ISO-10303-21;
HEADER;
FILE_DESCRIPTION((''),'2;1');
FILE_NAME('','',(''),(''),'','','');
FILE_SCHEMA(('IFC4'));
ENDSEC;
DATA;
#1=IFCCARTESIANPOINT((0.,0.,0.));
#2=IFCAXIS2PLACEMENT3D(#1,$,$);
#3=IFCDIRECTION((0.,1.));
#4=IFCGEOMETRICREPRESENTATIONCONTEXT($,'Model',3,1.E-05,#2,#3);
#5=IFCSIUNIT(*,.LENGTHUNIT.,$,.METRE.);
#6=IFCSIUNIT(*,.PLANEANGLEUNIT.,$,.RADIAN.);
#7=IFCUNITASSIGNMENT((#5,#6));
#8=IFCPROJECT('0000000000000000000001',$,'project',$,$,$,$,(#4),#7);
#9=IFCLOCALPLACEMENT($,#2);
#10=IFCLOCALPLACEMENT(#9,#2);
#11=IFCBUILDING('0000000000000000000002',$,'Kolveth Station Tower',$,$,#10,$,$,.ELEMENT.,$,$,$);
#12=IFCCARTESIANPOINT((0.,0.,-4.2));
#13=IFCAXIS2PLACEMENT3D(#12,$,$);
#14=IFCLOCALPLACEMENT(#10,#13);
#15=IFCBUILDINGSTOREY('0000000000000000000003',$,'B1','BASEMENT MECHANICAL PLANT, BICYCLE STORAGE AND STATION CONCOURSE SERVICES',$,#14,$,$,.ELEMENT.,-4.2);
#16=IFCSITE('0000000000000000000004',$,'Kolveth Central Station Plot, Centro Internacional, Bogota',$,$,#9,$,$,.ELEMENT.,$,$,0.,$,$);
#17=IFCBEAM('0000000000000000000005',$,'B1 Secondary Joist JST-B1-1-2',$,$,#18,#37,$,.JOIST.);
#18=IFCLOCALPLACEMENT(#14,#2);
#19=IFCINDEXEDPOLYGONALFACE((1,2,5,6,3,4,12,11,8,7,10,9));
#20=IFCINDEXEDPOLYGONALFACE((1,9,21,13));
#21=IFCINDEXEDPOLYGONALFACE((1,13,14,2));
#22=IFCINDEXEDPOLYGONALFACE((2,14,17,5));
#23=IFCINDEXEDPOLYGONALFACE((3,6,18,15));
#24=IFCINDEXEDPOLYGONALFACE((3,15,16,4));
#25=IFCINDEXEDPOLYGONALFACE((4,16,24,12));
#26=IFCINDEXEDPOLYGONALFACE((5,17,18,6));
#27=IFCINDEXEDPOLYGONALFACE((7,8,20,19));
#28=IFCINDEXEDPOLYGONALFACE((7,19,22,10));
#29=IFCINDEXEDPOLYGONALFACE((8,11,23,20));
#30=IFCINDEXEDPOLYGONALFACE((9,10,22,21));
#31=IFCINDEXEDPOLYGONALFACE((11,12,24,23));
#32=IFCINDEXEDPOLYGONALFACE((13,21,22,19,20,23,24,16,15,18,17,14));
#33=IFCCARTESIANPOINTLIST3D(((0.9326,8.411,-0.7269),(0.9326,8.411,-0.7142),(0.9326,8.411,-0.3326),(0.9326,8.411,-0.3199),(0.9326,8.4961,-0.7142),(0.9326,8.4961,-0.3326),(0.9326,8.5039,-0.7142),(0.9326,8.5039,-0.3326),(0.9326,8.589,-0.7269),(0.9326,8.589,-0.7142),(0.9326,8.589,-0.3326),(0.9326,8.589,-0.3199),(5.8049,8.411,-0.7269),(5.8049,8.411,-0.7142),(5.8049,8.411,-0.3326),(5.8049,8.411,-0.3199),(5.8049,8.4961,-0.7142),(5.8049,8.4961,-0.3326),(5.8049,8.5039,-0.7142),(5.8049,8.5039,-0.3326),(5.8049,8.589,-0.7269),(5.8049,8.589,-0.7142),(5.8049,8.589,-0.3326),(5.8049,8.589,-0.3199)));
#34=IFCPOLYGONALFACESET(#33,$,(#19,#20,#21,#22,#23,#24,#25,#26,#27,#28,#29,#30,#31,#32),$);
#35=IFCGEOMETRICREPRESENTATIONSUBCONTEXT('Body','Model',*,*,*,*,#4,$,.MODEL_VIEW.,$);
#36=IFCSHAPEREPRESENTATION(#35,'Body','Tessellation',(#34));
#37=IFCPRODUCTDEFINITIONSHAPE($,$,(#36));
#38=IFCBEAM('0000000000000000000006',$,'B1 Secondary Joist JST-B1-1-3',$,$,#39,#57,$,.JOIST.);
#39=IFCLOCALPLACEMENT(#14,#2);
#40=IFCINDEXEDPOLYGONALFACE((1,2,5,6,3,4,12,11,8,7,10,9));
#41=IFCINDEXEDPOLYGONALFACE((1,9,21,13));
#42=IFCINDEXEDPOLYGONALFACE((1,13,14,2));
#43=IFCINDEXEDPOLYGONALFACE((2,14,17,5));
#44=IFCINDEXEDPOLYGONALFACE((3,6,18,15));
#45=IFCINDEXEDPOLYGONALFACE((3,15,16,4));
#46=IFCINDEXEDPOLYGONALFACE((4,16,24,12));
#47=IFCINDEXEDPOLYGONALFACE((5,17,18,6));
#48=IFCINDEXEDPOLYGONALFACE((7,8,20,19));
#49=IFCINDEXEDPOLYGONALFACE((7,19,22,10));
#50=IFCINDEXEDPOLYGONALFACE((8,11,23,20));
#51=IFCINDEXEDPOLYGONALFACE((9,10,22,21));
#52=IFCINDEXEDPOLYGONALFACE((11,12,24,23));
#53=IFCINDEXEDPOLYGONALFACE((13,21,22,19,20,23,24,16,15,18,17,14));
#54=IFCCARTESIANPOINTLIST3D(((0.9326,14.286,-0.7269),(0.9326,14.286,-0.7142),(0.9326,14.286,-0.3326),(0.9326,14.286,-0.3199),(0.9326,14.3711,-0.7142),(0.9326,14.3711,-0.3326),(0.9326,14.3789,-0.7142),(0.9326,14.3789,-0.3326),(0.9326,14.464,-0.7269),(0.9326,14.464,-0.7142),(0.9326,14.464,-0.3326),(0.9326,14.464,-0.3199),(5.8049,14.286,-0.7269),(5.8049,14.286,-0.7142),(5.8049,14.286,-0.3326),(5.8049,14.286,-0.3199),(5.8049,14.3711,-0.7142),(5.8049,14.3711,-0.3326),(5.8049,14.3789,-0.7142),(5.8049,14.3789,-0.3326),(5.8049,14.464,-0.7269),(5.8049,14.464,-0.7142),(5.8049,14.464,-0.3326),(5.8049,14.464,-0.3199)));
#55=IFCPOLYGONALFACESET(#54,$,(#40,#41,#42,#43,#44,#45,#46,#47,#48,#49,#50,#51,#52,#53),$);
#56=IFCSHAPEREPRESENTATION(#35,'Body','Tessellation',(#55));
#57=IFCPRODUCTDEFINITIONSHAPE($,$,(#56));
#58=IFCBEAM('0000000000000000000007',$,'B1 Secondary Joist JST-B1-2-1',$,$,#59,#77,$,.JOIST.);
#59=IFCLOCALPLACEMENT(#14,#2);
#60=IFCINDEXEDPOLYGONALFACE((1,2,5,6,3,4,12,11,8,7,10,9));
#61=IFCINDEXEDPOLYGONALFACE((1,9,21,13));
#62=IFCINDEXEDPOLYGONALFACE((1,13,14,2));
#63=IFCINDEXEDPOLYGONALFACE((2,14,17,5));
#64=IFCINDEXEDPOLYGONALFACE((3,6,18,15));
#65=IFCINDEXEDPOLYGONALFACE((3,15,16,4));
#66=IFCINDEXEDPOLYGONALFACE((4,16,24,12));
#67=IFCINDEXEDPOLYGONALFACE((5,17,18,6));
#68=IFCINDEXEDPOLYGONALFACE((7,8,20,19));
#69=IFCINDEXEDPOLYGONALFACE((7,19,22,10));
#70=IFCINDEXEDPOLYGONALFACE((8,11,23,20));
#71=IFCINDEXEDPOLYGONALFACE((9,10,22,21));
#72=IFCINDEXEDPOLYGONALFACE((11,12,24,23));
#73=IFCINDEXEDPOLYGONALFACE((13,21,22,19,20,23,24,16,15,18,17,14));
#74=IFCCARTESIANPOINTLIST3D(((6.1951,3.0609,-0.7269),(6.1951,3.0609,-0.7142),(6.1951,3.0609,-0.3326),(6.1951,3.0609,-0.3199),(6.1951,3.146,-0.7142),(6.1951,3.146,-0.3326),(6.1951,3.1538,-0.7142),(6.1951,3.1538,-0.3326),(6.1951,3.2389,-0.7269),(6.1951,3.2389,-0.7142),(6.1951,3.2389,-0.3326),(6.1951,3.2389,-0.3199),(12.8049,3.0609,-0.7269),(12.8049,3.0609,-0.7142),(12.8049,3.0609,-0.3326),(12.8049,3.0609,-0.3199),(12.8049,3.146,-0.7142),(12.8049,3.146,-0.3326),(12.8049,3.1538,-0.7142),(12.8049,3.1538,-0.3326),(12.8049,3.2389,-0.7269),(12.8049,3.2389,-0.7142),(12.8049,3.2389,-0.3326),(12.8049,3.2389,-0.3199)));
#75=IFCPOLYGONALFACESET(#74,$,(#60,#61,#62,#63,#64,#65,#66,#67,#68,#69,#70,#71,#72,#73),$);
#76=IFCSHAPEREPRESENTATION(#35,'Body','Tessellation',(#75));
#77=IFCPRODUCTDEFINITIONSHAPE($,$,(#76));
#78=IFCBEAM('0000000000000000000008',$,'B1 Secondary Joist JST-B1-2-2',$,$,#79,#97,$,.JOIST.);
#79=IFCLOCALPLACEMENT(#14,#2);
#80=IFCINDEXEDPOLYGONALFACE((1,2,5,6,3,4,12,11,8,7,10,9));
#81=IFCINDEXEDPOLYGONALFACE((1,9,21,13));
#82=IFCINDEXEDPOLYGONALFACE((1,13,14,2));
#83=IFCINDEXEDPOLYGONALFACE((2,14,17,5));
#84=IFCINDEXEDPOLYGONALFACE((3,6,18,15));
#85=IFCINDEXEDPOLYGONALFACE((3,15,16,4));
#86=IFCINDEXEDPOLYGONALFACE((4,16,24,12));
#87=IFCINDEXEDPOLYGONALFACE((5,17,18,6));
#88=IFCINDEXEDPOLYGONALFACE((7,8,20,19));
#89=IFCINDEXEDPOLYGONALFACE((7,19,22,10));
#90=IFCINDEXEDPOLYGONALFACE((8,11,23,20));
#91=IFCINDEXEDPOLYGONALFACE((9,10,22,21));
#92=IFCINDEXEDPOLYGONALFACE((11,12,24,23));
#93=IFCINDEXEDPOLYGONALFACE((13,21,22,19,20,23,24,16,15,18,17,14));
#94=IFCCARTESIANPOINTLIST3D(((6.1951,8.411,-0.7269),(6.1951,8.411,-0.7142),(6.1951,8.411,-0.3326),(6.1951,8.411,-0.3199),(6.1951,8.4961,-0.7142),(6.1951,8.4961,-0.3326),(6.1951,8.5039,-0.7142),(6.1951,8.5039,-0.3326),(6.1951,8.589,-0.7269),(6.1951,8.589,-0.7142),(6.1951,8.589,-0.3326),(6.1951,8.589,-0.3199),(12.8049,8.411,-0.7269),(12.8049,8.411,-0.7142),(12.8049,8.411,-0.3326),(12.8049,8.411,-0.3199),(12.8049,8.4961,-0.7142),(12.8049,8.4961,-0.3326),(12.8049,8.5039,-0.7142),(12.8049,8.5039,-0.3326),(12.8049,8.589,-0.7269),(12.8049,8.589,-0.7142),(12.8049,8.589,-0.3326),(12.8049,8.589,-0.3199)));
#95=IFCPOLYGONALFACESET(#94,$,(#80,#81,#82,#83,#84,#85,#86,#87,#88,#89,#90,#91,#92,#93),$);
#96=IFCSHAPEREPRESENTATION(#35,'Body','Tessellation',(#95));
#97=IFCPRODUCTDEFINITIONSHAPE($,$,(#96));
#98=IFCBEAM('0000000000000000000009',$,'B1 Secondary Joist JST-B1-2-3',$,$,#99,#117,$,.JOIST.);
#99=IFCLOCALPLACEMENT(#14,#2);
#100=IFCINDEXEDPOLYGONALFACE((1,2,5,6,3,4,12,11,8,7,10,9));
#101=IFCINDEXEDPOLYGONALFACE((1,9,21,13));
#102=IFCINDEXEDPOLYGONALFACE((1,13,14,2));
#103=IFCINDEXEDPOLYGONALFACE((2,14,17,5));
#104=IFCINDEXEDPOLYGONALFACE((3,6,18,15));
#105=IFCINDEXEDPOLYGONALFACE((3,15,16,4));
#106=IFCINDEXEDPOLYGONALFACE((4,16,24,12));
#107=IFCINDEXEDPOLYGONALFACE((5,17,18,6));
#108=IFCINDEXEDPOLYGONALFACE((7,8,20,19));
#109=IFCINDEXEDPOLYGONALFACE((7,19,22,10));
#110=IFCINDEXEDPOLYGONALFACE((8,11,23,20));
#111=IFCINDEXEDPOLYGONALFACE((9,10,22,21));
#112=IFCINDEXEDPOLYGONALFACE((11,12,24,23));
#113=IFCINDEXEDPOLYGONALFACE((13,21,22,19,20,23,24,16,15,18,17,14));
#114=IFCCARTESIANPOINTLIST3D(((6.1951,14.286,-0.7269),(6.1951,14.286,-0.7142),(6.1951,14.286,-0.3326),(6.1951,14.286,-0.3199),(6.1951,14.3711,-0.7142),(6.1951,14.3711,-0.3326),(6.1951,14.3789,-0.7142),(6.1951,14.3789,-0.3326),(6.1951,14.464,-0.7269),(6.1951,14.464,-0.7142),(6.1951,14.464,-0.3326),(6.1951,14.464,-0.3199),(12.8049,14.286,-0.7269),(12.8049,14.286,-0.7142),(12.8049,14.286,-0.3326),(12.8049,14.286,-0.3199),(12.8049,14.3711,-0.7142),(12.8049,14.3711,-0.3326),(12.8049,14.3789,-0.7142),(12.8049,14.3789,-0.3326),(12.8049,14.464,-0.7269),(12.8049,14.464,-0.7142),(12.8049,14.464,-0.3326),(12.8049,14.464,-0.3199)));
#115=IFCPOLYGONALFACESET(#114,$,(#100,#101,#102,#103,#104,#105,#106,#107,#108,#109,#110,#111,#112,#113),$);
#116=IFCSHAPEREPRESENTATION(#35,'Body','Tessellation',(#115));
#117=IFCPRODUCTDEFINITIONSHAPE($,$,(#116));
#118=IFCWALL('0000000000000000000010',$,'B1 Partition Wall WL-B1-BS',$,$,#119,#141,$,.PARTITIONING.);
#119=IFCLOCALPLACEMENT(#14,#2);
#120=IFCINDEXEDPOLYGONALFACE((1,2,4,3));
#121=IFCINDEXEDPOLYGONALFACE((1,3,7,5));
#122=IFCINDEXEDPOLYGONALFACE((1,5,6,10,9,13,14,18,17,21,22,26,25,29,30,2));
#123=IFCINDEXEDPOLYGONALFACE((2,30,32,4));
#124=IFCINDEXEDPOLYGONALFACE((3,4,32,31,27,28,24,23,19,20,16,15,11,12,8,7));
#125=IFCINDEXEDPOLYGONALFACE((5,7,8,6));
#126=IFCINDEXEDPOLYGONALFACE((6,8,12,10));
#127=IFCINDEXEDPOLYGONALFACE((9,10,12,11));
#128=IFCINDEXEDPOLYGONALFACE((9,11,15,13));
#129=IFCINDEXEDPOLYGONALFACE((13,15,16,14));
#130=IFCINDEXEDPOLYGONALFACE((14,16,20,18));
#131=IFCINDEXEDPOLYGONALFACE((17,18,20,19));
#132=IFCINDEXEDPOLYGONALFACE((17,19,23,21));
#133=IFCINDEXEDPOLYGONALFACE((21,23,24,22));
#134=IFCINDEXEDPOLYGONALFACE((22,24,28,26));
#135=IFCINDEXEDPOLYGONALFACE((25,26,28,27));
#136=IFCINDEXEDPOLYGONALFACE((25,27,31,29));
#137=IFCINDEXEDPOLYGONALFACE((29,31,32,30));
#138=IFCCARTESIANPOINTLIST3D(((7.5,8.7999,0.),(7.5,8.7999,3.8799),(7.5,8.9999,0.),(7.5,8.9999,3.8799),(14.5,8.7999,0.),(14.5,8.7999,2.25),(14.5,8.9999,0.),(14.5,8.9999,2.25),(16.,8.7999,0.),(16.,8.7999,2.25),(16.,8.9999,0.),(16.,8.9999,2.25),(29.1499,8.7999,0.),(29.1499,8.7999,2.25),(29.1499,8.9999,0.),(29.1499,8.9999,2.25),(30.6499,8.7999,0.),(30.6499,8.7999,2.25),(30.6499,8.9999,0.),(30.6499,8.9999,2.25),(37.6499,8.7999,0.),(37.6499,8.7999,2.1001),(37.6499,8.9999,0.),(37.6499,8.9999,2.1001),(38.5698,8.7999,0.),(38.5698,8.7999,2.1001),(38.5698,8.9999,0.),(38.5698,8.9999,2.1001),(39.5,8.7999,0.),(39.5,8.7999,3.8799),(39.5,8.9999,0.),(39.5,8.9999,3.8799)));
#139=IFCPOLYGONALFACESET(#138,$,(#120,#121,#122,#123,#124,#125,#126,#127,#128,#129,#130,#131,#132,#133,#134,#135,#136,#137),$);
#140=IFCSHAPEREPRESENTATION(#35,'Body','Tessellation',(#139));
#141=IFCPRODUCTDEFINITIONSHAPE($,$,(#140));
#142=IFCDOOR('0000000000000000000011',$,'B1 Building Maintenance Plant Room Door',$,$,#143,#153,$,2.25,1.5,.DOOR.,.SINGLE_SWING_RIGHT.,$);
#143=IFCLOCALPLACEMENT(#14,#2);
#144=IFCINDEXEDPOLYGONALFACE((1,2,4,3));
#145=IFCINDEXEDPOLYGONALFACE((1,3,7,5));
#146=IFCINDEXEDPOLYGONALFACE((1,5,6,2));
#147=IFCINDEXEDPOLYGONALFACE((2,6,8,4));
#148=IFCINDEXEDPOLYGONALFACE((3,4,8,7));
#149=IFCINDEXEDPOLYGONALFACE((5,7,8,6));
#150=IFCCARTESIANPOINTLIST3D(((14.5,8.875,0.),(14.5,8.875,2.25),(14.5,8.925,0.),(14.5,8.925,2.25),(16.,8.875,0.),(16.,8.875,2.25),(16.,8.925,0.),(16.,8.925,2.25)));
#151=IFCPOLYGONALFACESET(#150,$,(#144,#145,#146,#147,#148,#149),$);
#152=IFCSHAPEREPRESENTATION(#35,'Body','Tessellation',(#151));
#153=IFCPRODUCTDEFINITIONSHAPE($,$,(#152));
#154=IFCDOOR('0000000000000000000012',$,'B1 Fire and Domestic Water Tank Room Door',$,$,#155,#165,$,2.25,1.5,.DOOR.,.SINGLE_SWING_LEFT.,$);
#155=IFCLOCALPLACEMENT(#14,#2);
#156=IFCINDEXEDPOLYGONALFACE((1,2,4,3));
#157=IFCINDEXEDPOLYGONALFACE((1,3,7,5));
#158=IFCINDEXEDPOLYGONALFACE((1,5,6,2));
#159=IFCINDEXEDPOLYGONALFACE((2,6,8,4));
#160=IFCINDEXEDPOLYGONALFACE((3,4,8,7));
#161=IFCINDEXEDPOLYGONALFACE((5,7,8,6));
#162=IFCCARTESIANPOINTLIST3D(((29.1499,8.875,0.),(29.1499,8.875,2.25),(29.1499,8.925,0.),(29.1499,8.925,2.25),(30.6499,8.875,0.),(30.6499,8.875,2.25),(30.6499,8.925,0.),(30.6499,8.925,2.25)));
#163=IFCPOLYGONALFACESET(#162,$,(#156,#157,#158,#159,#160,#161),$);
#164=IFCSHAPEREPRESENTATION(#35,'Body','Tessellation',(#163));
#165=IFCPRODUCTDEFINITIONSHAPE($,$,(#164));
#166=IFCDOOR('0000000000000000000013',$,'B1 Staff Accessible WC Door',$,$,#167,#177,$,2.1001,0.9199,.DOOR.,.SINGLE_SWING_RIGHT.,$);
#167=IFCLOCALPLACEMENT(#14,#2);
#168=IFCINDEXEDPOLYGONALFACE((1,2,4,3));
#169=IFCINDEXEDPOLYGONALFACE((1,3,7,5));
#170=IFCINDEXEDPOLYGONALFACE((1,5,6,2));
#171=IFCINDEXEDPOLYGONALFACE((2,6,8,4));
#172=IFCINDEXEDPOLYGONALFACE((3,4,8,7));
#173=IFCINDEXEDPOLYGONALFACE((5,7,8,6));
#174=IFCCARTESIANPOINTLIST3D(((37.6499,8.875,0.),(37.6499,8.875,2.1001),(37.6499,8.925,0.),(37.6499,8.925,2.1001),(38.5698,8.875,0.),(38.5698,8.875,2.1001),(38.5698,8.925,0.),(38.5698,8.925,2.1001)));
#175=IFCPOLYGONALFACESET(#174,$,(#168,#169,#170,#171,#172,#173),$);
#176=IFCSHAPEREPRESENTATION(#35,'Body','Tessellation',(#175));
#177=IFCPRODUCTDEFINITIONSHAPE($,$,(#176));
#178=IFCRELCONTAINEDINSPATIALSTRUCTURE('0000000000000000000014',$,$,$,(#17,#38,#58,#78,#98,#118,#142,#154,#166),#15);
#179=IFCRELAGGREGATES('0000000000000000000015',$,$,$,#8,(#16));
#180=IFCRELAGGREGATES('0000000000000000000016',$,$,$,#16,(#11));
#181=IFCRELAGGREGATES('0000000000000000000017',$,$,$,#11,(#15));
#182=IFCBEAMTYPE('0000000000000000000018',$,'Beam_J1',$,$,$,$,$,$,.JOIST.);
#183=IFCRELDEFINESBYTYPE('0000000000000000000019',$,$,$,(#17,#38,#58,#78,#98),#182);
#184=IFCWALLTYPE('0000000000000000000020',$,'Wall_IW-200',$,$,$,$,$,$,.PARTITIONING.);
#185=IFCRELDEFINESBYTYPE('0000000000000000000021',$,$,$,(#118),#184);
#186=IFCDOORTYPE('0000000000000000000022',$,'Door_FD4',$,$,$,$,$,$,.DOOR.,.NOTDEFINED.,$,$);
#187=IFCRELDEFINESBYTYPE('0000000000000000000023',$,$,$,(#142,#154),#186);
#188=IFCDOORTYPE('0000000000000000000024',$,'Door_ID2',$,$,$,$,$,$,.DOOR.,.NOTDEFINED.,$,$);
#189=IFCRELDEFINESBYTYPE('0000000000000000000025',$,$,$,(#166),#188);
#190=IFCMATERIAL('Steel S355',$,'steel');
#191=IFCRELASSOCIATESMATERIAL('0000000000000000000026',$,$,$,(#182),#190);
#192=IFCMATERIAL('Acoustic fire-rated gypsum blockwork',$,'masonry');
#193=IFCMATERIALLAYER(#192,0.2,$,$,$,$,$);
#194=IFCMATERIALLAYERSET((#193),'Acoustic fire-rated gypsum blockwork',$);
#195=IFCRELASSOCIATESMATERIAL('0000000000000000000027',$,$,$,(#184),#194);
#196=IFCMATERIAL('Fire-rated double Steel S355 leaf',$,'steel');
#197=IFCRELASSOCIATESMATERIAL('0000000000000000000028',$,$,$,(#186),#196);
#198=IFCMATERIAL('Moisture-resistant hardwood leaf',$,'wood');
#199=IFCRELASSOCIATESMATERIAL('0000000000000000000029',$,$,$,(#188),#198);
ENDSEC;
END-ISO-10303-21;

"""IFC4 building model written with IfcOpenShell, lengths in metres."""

from ifc_helpers import new_model, si_unit, direction, frame, frame_2d, origin, origin_2d, place, context, subcontext, project, spatial, rectangle, i_section, extrude, source, transform, mapped, material, layer, layer_set, material_profile, profile_set, type_object, element, fill, save


model = new_model("IFC4")

# Units and contexts
model_context = context("Model", 3, precision=1e-05, world=origin(), true_north=direction((0.0, 1.0)))
body_context = subcontext(model_context, "Body", "Model", "MODEL_VIEW")
ifc_project = project(units=[si_unit("LENGTHUNIT", "METRE"), si_unit("PLANEANGLEUNIT", "RADIAN")], contexts=[model_context])

# Site, building, storey
site_placement = place(None, origin())
site = spatial("IfcSite", under=ifc_project, at=site_placement, Name="Kolveth Central Station Plot, Centro Internacional, Bogota", CompositionType="ELEMENT", RefElevation=0.0)
building_placement = place(site_placement, origin())
building = spatial("IfcBuilding", under=site, at=building_placement, Name="Kolveth Station Tower", CompositionType="ELEMENT")
storey_placement = place(building_placement, frame((0.0, 0.0, -4.2)))
storey = spatial("IfcBuildingStorey", under=building, at=storey_placement, Name="B1", Description="BASEMENT MECHANICAL PLANT, BICYCLE STORAGE AND STATION CONCOURSE SERVICES", CompositionType="ELEMENT", Elevation=-4.2)

# Beams
ifc_material_1 = material(Name="Steel S355", Category="steel")
ifc_material_profile_1 = material_profile(ifc_material_1, i_section(OverallWidth=0.178, OverallDepth=0.407, WebThickness=0.0078, FlangeThickness=0.0127, at=origin_2d()), Name="W410x60")
ifc_profile_set_1 = profile_set([ifc_material_profile_1], Name="Steel S355")
beam_type_1 = type_object("IfcBeamType", Name="Beam_J1", PredefinedType="JOIST", material=ifc_profile_set_1)
shared_shape_1 = source(origin(), body_context, "Body", "SweptSolid", [
    extrude(i_section(OverallWidth=0.178, OverallDepth=0.407, WebThickness=0.0078, FlangeThickness=0.0127, at=origin_2d()), origin(), (0.0, 0.0, 1.0), 4.8723),
])
for number, where, z_axis, x_axis, name in (
    (1, (0.9326, 8.5, -0.5234), (1.0, 0.0, 0.0), (0.0, 1.0, 0.0), "B1 Secondary Joist JST-B1-1-2"),
    (2, (0.9326, 14.375, -0.5234), (1.0, 0.0, 0.0), (0.0, 1.0, 0.0), "B1 Secondary Joist JST-B1-1-3"),
):
    element("IfcBeam", number, at=place(storey_placement, frame(where, z_axis=z_axis, x_axis=x_axis)), inside=storey, type_object=beam_type_1, Name=name, PredefinedType="JOIST", context=body_context, shape_type="MappedRepresentation", body=[
        mapped(shared_shape_1, transform((0.0, 0.0, 0.0), x_axis=(1.0, 0.0, 0.0), y_axis=(0.0, 1.0, 0.0), z_axis=(0.0, 0.0, 1.0), scale=1.0)),
    ])
shared_shape_2 = source(origin(), body_context, "Body", "SweptSolid", [
    extrude(i_section(OverallWidth=0.178, OverallDepth=0.407, WebThickness=0.0078, FlangeThickness=0.0127, at=origin_2d()), origin(), (0.0, 0.0, 1.0), 6.6099),
])
for number, where, z_axis, x_axis, name in (
    (3, (6.1951, 3.1499, -0.5234), (1.0, 0.0, 0.0), (0.0, 1.0, 0.0), "B1 Secondary Joist JST-B1-2-1"),
    (4, (6.1951, 8.5, -0.5234), (1.0, 0.0, 0.0), (0.0, 1.0, 0.0), "B1 Secondary Joist JST-B1-2-2"),
    (5, (6.1951, 14.375, -0.5234), (1.0, 0.0, 0.0), (0.0, 1.0, 0.0), "B1 Secondary Joist JST-B1-2-3"),
):
    element("IfcBeam", number, at=place(storey_placement, frame(where, z_axis=z_axis, x_axis=x_axis)), inside=storey, type_object=beam_type_1, Name=name, PredefinedType="JOIST", context=body_context, shape_type="MappedRepresentation", body=[
        mapped(shared_shape_2, transform((0.0, 0.0, 0.0), x_axis=(1.0, 0.0, 0.0), y_axis=(0.0, 1.0, 0.0), z_axis=(0.0, 0.0, 1.0), scale=1.0)),
    ])

# Wall, openings, doors
ifc_material_2 = material(Name="Acoustic fire-rated gypsum blockwork", Category="masonry")
ifc_layer_1 = layer(ifc_material_2, 0.2)
ifc_layer_set_1 = layer_set([ifc_layer_1], Name="Acoustic fire-rated gypsum blockwork")
wall_type_1 = type_object("IfcWallType", Name="Wall_IW-200", PredefinedType="PARTITIONING", material=ifc_layer_set_1)
wall_1_placement = place(storey_placement, frame((7.5, 8.8999, 0.0), z_axis=(0.0, 0.0, 1.0), x_axis=(1.0, 0.0, 0.0)))
wall_1 = element("IfcWall", 6, at=wall_1_placement, inside=storey, type_object=wall_type_1, Name="B1 Partition Wall WL-B1-BS", PredefinedType="PARTITIONING", context=body_context, shape_type="SweptSolid", body=[
    extrude(rectangle(XDim=32.0, YDim=0.2, at=frame_2d((16.0, 0.0))), origin(), (0.0, 0.0, 1.0), 3.8799),
])
opening_1_placement = place(wall_1_placement, frame((7.0, 0.0, 0.0)))
opening_1 = element("IfcOpeningElement", 7, at=opening_1_placement, cuts=wall_1, PredefinedType="OPENING", context=body_context, shape_type="SweptSolid", body=[
    extrude(rectangle(XDim=1.5, YDim=2.25, at=frame_2d((0.75, 1.125))), frame((0.0, 0.1099, 0.0), z_axis=(0.0, -1.0, 0.0), x_axis=(1.0, 0.0, 0.0)), (0.0, 0.0, 1.0), 0.22),
])
opening_2_placement = place(wall_1_placement, frame((21.6499, 0.0, 0.0)))
opening_2 = element("IfcOpeningElement", 8, at=opening_2_placement, cuts=wall_1, PredefinedType="OPENING", context=body_context, shape_type="SweptSolid", body=[
    extrude(rectangle(XDim=1.5, YDim=2.25, at=frame_2d((0.75, 1.125))), frame((0.0, 0.1099, 0.0), z_axis=(0.0, -1.0, 0.0), x_axis=(1.0, 0.0, 0.0)), (0.0, 0.0, 1.0), 0.22),
])
opening_3_placement = place(wall_1_placement, frame((30.1499, 0.0, 0.0)))
opening_3 = element("IfcOpeningElement", 9, at=opening_3_placement, cuts=wall_1, PredefinedType="OPENING", context=body_context, shape_type="SweptSolid", body=[
    extrude(rectangle(XDim=0.9199, YDim=2.1001, at=frame_2d((0.46, 1.05))), frame((0.0, 0.1099, 0.0), z_axis=(0.0, -1.0, 0.0), x_axis=(1.0, 0.0, 0.0)), (0.0, 0.0, 1.0), 0.22),
])
ifc_material_3 = material(Name="Fire-rated double Steel S355 leaf", Category="steel")
door_type_1 = type_object("IfcDoorType", Name="Door_FD4", OperationType="NOTDEFINED", PredefinedType="DOOR", material=ifc_material_3)
door_1_placement = place(opening_1_placement, frame((1.5, 0.0, 0.0), z_axis=(0.0, 0.0, 1.0), x_axis=(-1.0, 0.0, 0.0)))
door_1 = element("IfcDoor", 10, at=door_1_placement, inside=storey, type_object=door_type_1, Name="B1 Building Maintenance Plant Room Door", OperationType="SINGLE_SWING_RIGHT", OverallHeight=2.25, OverallWidth=1.5, PredefinedType="DOOR", context=body_context, shape_type="SweptSolid", body=[
    extrude(rectangle(XDim=1.5, YDim=2.25, at=frame_2d((0.75, 1.125))), frame((0.0, 0.0249, 0.0), z_axis=(0.0, -1.0, 0.0), x_axis=(1.0, 0.0, 0.0)), (0.0, 0.0, 1.0), 0.05),
])
fill(opening_1, door_1)
door_2_placement = place(opening_2_placement, frame((1.5, 0.0, 0.0), z_axis=(0.0, 0.0, 1.0), x_axis=(-1.0, 0.0, 0.0)))
door_2 = element("IfcDoor", 11, at=door_2_placement, inside=storey, type_object=door_type_1, Name="B1 Fire and Domestic Water Tank Room Door", OperationType="SINGLE_SWING_LEFT", OverallHeight=2.25, OverallWidth=1.5, PredefinedType="DOOR", context=body_context, shape_type="SweptSolid", body=[
    extrude(rectangle(XDim=1.5, YDim=2.25, at=frame_2d((0.75, 1.125))), frame((0.0, 0.0249, 0.0), z_axis=(0.0, -1.0, 0.0), x_axis=(1.0, 0.0, 0.0)), (0.0, 0.0, 1.0), 0.05),
])
fill(opening_2, door_2)
ifc_material_4 = material(Name="Moisture-resistant hardwood leaf", Category="wood")
door_type_2 = type_object("IfcDoorType", Name="Door_ID2", OperationType="NOTDEFINED", PredefinedType="DOOR", material=ifc_material_4)
door_3_placement = place(opening_3_placement, frame((0.9199, 0.0, 0.0), z_axis=(0.0, 0.0, 1.0), x_axis=(-1.0, 0.0, 0.0)))
door_3 = element("IfcDoor", 12, at=door_3_placement, inside=storey, type_object=door_type_2, Name="B1 Staff Accessible WC Door", OperationType="SINGLE_SWING_RIGHT", OverallHeight=2.1001, OverallWidth=0.9199, PredefinedType="DOOR", context=body_context, shape_type="SweptSolid", body=[
    extrude(rectangle(XDim=0.9199, YDim=2.1001, at=frame_2d((0.46, 1.05))), frame((0.0, 0.0249, 0.0), z_axis=(0.0, -1.0, 0.0), x_axis=(1.0, 0.0, 0.0)), (0.0, 0.0, 1.0), 0.05),
])
fill(opening_3, door_3)

save(model, "model.ifc")
